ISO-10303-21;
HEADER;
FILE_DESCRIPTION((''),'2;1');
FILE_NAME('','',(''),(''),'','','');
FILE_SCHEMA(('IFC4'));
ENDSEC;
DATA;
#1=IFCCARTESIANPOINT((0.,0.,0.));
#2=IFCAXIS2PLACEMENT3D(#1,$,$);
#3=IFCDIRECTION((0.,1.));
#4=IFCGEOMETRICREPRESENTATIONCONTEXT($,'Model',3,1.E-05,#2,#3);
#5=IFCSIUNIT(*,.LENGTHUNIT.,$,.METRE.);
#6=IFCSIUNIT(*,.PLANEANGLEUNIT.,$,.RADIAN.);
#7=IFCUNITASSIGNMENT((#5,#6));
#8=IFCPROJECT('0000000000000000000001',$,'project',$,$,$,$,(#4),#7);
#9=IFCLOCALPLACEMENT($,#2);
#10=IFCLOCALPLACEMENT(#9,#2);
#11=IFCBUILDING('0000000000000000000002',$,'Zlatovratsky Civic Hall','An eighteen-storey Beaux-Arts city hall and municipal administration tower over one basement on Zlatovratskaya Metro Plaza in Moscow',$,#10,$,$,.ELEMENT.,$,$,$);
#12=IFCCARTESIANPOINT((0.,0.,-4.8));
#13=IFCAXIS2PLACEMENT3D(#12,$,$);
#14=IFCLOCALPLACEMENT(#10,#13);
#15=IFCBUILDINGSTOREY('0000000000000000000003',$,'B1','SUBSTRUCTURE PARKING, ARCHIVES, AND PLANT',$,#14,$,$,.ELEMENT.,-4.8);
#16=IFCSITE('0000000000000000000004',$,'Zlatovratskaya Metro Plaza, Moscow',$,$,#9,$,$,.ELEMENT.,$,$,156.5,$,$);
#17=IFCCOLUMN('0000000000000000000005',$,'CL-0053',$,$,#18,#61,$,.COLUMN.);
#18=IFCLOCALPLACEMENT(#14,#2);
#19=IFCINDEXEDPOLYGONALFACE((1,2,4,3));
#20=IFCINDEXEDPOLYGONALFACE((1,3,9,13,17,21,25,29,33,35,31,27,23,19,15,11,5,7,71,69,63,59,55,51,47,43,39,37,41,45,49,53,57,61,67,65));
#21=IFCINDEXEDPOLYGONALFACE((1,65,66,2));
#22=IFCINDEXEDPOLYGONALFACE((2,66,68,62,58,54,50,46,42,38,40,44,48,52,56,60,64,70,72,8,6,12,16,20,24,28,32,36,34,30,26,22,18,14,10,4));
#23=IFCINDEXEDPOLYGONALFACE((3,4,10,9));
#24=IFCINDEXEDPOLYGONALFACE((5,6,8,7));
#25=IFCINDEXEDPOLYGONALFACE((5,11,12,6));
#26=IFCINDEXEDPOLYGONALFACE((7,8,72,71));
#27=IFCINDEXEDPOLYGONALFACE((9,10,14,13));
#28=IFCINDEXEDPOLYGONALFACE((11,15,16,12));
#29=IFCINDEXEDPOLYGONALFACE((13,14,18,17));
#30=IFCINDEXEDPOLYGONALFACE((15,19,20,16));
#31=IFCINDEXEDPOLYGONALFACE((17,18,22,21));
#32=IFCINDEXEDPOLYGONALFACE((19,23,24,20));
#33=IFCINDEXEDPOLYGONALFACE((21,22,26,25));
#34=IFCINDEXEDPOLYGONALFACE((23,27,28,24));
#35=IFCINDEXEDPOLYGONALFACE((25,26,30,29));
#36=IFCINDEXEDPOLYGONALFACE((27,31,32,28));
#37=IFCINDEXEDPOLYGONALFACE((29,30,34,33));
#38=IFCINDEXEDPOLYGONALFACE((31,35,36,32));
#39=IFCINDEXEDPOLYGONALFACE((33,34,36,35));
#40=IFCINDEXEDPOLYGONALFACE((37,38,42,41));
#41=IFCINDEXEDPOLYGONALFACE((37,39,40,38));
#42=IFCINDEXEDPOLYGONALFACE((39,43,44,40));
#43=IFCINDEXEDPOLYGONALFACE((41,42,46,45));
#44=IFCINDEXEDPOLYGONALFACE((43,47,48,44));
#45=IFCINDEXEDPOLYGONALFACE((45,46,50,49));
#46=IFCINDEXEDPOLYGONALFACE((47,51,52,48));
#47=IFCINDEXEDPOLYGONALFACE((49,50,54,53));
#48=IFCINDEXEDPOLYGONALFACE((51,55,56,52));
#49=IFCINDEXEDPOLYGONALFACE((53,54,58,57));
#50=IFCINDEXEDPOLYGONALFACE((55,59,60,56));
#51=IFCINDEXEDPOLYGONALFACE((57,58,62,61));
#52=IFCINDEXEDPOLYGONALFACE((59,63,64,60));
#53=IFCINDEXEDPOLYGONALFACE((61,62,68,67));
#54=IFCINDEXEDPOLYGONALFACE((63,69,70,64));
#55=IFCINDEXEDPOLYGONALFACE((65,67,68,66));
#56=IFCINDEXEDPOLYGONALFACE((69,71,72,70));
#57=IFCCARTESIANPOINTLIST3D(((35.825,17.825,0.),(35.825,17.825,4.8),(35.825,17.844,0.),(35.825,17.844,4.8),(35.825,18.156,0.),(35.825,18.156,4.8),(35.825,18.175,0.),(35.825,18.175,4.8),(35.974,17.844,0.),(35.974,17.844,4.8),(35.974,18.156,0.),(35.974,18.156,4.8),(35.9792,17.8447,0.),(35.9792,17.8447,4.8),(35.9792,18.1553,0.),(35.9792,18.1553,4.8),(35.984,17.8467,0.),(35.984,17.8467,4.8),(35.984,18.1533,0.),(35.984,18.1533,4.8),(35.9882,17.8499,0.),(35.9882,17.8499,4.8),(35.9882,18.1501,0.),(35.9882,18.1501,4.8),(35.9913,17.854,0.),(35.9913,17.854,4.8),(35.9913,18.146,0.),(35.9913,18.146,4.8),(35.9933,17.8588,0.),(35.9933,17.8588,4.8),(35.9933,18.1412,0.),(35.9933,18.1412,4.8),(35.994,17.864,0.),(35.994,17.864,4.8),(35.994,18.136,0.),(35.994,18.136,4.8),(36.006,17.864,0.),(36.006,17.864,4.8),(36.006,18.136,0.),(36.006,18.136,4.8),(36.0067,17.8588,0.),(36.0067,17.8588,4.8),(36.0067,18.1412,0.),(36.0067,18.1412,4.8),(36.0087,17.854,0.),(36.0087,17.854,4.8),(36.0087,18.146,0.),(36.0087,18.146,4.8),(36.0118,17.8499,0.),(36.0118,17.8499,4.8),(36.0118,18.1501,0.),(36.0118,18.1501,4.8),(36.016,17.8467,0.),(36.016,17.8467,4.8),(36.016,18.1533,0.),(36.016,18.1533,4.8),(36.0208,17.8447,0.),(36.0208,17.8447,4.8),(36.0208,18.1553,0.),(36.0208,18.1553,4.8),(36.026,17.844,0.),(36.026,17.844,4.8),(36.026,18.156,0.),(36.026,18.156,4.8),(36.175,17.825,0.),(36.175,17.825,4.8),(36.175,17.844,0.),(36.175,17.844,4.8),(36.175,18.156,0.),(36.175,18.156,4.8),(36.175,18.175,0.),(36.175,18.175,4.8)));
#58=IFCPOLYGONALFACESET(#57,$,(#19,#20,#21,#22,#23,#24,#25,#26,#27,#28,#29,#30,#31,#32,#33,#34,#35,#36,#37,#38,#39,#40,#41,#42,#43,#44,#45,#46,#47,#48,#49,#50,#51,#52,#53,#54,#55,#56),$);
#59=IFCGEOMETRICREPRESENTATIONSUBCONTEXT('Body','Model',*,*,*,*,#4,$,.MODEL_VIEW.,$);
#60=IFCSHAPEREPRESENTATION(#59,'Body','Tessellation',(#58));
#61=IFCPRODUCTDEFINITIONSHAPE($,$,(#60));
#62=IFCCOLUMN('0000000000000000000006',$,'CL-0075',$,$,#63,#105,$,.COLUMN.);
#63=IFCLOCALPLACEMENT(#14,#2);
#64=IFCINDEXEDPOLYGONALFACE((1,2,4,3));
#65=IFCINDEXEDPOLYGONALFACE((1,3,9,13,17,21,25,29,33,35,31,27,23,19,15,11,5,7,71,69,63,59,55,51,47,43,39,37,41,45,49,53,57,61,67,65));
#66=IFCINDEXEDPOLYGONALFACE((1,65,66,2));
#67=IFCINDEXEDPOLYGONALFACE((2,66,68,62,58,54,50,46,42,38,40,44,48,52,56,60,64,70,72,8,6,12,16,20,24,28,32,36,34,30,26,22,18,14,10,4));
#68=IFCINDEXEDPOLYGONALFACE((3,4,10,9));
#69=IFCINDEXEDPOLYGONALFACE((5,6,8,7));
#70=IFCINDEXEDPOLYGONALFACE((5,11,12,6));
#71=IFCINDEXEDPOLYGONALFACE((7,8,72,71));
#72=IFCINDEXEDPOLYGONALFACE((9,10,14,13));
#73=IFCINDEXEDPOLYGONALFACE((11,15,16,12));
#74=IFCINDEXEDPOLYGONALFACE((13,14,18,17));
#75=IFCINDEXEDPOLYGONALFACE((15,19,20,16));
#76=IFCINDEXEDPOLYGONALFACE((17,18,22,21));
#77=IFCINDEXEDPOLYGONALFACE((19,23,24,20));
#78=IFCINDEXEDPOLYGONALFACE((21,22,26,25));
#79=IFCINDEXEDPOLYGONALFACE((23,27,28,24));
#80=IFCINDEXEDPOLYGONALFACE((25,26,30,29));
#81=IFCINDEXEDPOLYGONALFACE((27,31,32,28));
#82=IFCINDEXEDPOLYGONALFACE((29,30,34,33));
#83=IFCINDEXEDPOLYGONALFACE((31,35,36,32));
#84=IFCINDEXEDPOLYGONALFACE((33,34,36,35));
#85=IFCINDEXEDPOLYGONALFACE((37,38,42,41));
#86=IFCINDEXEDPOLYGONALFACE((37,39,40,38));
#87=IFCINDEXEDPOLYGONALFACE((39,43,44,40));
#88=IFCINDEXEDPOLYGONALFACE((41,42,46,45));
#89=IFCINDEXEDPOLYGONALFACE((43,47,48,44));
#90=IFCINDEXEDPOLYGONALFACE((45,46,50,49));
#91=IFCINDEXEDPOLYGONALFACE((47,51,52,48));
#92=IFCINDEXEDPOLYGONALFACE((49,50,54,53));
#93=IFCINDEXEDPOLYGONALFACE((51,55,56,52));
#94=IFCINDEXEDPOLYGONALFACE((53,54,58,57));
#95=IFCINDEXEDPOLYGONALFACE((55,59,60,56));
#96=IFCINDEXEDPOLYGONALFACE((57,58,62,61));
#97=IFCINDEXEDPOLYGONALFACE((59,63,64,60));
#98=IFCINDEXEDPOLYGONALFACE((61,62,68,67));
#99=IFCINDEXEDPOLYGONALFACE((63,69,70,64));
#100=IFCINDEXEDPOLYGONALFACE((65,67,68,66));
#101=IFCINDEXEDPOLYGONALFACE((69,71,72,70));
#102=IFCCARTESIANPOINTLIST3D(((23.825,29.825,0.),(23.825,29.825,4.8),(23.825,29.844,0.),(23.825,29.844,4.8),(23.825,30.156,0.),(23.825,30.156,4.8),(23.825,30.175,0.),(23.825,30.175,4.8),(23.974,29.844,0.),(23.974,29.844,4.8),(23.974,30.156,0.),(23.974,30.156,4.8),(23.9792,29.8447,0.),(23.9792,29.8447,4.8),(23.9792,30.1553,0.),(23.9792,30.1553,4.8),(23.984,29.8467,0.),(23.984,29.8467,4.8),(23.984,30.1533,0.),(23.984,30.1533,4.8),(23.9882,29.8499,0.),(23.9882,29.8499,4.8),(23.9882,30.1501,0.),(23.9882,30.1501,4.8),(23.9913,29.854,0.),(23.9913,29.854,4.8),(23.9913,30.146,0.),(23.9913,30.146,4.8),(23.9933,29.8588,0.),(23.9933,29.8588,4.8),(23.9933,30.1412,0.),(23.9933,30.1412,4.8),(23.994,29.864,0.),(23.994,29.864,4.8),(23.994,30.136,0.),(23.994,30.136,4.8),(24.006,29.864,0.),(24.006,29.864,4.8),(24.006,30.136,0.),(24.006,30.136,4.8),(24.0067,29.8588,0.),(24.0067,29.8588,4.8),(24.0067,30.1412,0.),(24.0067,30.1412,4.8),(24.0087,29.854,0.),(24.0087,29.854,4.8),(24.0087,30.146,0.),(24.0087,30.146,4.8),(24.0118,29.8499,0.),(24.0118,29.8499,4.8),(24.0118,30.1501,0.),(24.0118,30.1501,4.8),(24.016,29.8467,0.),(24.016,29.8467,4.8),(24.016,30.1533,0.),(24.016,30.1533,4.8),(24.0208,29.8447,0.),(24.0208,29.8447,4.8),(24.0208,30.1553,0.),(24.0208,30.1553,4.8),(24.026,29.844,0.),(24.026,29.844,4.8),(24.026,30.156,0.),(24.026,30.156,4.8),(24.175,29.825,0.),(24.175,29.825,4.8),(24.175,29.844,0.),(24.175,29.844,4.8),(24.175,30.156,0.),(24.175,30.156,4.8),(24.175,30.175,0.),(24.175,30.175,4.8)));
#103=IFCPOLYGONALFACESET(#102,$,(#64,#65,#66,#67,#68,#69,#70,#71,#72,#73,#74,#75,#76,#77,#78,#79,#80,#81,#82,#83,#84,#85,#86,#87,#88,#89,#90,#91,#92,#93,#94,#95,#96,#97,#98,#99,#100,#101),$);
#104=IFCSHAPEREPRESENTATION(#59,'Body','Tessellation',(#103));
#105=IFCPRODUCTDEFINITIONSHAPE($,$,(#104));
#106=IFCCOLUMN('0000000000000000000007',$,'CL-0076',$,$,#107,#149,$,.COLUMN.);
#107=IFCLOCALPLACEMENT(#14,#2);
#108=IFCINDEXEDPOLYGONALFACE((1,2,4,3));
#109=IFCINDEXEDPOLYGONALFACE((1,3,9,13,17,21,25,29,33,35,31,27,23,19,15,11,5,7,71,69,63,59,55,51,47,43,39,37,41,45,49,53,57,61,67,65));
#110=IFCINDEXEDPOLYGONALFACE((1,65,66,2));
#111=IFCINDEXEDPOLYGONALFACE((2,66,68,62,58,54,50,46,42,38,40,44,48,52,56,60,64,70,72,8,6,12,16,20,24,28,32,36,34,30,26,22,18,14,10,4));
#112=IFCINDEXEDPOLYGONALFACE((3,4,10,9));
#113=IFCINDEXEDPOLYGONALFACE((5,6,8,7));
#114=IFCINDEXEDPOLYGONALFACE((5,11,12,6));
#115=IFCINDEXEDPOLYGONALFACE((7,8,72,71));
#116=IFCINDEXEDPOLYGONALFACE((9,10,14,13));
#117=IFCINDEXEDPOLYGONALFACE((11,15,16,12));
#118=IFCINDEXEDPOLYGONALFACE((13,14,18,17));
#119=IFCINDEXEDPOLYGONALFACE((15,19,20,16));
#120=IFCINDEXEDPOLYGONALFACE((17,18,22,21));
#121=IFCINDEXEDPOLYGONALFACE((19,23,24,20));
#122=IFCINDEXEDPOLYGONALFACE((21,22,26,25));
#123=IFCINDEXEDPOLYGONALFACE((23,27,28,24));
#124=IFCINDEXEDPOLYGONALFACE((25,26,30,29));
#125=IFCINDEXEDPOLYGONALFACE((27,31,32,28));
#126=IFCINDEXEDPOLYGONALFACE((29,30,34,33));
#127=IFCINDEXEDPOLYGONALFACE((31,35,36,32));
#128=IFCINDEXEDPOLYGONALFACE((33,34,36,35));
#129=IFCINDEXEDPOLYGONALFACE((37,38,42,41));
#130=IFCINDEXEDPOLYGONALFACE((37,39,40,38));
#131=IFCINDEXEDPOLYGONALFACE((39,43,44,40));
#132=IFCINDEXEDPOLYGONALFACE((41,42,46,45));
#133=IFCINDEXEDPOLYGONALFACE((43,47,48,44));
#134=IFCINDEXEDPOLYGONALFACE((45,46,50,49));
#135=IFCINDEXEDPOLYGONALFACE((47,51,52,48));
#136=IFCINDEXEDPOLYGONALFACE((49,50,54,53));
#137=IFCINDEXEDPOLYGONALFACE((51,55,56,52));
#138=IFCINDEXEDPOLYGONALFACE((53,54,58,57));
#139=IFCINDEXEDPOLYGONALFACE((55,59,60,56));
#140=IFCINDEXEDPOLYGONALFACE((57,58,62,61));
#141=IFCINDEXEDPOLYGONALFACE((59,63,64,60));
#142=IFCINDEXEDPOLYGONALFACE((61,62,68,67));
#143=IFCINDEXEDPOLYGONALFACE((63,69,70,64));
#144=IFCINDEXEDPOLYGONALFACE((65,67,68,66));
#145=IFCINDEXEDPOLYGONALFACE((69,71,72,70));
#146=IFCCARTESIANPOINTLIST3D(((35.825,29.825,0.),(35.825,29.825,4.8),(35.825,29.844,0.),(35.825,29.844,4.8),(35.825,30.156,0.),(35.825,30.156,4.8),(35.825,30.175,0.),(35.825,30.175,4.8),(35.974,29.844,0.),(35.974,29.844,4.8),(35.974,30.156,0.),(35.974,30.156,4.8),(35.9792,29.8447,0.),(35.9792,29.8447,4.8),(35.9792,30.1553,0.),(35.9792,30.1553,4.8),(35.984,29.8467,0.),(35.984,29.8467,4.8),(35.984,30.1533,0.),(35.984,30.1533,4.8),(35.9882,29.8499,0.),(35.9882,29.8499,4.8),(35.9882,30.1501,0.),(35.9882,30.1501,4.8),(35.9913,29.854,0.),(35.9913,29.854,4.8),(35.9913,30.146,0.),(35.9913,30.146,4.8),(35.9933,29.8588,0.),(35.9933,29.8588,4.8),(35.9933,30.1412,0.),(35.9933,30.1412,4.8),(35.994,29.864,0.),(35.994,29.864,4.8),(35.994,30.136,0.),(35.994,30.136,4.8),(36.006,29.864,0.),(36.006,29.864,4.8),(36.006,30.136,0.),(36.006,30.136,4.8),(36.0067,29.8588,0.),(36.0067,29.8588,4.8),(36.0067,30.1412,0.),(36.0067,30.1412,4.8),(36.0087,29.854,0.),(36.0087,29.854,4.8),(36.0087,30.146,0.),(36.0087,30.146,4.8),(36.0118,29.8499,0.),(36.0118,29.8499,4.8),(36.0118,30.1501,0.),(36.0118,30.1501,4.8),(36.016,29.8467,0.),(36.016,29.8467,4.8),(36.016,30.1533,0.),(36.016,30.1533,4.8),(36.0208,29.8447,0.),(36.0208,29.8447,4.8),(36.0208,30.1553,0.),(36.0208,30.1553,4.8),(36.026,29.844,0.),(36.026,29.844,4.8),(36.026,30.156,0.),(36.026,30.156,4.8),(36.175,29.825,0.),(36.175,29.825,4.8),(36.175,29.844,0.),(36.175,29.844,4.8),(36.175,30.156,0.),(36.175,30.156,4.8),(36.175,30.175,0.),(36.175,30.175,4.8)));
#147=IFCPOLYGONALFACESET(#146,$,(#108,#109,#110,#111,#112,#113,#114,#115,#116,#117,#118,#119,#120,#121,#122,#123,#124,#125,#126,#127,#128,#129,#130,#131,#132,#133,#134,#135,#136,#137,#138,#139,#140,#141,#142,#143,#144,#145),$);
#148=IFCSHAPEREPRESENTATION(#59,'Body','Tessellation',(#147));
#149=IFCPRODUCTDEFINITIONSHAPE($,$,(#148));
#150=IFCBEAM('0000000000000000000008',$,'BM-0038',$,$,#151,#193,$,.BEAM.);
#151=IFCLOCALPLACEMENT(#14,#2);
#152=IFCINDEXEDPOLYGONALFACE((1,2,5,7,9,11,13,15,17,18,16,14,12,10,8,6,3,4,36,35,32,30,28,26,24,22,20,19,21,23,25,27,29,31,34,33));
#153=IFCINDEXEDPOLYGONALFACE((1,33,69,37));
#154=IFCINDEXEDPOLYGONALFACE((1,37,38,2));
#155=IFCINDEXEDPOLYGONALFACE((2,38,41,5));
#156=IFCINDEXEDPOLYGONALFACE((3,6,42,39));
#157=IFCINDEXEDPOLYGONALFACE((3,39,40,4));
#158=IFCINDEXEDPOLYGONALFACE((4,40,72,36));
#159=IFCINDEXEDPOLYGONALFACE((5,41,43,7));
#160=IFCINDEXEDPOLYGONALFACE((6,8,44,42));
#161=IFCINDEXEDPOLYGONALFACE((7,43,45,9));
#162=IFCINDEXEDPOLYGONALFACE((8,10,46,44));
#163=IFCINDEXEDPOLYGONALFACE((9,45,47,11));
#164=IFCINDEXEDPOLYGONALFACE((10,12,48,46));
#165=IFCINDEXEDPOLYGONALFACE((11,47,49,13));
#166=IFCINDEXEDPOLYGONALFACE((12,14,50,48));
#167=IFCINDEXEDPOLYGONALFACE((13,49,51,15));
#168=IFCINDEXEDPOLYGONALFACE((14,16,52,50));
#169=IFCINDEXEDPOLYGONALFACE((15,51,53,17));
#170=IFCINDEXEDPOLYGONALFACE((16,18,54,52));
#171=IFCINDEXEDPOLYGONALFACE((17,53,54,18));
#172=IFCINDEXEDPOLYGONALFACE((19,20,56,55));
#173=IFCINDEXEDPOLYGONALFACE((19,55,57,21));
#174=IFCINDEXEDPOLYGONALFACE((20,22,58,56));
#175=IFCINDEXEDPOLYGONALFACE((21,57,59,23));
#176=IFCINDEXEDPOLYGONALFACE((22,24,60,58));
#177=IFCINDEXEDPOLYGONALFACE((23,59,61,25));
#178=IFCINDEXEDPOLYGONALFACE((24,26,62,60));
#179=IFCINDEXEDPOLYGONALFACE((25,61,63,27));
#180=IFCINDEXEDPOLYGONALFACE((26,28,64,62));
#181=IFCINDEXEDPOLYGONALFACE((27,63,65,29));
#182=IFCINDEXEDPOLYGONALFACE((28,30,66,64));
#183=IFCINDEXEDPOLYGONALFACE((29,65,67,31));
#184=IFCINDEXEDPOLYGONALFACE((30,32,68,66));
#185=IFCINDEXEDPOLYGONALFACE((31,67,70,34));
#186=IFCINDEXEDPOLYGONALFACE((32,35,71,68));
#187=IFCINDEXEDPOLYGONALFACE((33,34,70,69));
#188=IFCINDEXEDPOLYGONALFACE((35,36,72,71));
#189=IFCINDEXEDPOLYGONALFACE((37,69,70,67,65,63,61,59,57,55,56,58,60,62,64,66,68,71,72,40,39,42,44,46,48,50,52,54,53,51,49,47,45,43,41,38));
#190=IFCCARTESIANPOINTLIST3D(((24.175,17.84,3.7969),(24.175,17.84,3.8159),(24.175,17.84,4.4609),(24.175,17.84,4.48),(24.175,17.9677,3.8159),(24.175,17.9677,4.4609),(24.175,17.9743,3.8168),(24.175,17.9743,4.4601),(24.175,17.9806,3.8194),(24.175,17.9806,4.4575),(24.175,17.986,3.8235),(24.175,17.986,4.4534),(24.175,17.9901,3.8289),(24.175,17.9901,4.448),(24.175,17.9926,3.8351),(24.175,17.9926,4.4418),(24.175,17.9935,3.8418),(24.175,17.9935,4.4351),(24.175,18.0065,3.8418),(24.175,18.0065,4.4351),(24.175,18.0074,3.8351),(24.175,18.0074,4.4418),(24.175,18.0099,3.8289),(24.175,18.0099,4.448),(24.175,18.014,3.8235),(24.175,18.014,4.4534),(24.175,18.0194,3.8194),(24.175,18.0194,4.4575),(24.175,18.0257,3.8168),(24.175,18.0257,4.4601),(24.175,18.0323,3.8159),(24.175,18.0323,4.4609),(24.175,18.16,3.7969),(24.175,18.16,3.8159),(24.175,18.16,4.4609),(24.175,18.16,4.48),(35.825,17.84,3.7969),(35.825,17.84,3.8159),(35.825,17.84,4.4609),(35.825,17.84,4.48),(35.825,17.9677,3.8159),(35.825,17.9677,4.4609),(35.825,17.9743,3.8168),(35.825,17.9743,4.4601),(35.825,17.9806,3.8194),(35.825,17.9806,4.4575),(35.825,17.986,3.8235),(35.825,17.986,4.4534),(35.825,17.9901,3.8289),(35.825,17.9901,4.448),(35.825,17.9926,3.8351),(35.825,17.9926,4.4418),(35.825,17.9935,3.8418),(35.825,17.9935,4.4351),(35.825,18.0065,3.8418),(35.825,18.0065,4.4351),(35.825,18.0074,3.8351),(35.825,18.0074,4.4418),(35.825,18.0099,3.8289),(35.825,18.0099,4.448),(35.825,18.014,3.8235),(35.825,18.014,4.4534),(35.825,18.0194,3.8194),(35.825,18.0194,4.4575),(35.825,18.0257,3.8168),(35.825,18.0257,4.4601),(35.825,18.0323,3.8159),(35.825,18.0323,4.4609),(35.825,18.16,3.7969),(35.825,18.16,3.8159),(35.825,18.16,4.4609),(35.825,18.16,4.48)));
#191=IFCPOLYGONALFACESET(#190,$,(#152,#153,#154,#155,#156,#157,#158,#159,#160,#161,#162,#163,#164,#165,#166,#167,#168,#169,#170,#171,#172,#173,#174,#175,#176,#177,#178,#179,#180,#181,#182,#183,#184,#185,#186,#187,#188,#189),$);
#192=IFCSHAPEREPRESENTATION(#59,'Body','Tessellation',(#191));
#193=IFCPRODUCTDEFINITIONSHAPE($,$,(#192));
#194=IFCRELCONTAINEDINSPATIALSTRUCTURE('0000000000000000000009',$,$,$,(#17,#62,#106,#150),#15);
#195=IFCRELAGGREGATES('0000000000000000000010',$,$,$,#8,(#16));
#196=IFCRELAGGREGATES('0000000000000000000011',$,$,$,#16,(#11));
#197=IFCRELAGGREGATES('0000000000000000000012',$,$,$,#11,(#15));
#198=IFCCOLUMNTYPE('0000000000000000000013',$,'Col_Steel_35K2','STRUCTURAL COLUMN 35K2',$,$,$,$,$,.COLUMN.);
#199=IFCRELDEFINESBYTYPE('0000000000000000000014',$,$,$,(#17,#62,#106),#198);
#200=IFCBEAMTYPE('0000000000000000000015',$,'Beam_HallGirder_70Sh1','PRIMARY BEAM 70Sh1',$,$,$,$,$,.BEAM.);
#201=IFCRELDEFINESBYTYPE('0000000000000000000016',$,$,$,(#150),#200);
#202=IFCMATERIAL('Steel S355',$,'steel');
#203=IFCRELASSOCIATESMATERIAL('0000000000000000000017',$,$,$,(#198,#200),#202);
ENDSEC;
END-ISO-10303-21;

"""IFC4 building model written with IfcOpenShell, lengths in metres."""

from ifc_helpers import new_model, si_unit, direction, frame, origin, origin_2d, place, context, subcontext, project, spatial, i_section, extrude, material, material_profile, profile_set, type_object, element, save


model = new_model("IFC4")

# Units and contexts
model_context = context("Model", 3, precision=1e-05, world=origin(), true_north=direction((0.0, 1.0)))
body_context = subcontext(model_context, "Body", "Model", "MODEL_VIEW")
ifc_project = project(units=[si_unit("LENGTHUNIT", "METRE"), si_unit("PLANEANGLEUNIT", "RADIAN")], contexts=[model_context])

# Site, building, storey
site_placement = place(None, origin())
site = spatial("IfcSite", under=ifc_project, at=site_placement, Name="Zlatovratskaya Metro Plaza, Moscow", CompositionType="ELEMENT", RefElevation=156.5)
building_placement = place(site_placement, origin())
building = spatial("IfcBuilding", under=site, at=building_placement, Name="Zlatovratsky Civic Hall", Description="An eighteen-storey Beaux-Arts city hall and municipal administration tower over one basement on Zlatovratskaya Metro Plaza in Moscow", CompositionType="ELEMENT")
storey_placement = place(building_placement, frame((0.0, 0.0, -4.8)))
storey = spatial("IfcBuildingStorey", under=building, at=storey_placement, Name="B1", Description="SUBSTRUCTURE PARKING, ARCHIVES, AND PLANT", CompositionType="ELEMENT", Elevation=-4.8)

# Columns
ifc_material_1 = material(Name="Steel S355", Category="steel")
ifc_material_profile_1 = material_profile(ifc_material_1, i_section(OverallWidth=0.3501, OverallDepth=0.3501, WebThickness=0.012, FlangeThickness=0.019, FilletRadius=0.02, at=origin_2d()), Name="35K2")
ifc_profile_set_1 = profile_set([ifc_material_profile_1], Name="Steel S355")
column_type = type_object("IfcColumnType", Name="Col_Steel_35K2", Description="STRUCTURAL COLUMN 35K2", PredefinedType="COLUMN", material=ifc_profile_set_1)
for number, where, z_axis, x_axis, name in (
    (1, (36.0, 18.0, 0.0), (0.0, 0.0, 1.0), (1.0, 0.0, 0.0), "CL-0053"),
    (2, (24.0, 30.0, 0.0), (0.0, 0.0, 1.0), (1.0, 0.0, 0.0), "CL-0075"),
    (3, (36.0, 30.0, 0.0), (0.0, 0.0, 1.0), (1.0, 0.0, 0.0), "CL-0076"),
):
    element("IfcColumn", number, at=place(storey_placement, frame(where, z_axis=z_axis, x_axis=x_axis)), inside=storey, type_object=column_type, Name=name, PredefinedType="COLUMN", context=body_context, shape_type="SweptSolid", body=[
        extrude(i_section(OverallWidth=0.3501, OverallDepth=0.3501, WebThickness=0.012, FlangeThickness=0.019, FilletRadius=0.02, at=origin_2d()), origin(), (0.0, 0.0, 1.0), 4.8),
    ])

# Beam
ifc_material_profile_2 = material_profile(ifc_material_1, i_section(OverallWidth=0.3201, OverallDepth=0.6831, WebThickness=0.0129, FlangeThickness=0.019, FilletRadius=0.0259, at=origin_2d()), Name="70Sh1")
ifc_profile_set_2 = profile_set([ifc_material_profile_2], Name="Steel S355")
beam_type_1 = type_object("IfcBeamType", Name="Beam_HallGirder_70Sh1", Description="PRIMARY BEAM 70Sh1", PredefinedType="BEAM", material=ifc_profile_set_2)
for number, where, z_axis, x_axis, name in (
    (4, (24.175, 18.0, 4.1384), (1.0, 0.0, 0.0), (0.0, 1.0, 0.0), "BM-0038"),
):
    element("IfcBeam", number, at=place(storey_placement, frame(where, z_axis=z_axis, x_axis=x_axis)), inside=storey, type_object=beam_type_1, Name=name, PredefinedType="BEAM", context=body_context, shape_type="SweptSolid", body=[
        extrude(i_section(OverallWidth=0.3201, OverallDepth=0.6831, WebThickness=0.0129, FlangeThickness=0.019, FilletRadius=0.0259, at=origin_2d()), origin(), (0.0, 0.0, 1.0), 11.6499),
    ])

save(model, "model.ifc")
